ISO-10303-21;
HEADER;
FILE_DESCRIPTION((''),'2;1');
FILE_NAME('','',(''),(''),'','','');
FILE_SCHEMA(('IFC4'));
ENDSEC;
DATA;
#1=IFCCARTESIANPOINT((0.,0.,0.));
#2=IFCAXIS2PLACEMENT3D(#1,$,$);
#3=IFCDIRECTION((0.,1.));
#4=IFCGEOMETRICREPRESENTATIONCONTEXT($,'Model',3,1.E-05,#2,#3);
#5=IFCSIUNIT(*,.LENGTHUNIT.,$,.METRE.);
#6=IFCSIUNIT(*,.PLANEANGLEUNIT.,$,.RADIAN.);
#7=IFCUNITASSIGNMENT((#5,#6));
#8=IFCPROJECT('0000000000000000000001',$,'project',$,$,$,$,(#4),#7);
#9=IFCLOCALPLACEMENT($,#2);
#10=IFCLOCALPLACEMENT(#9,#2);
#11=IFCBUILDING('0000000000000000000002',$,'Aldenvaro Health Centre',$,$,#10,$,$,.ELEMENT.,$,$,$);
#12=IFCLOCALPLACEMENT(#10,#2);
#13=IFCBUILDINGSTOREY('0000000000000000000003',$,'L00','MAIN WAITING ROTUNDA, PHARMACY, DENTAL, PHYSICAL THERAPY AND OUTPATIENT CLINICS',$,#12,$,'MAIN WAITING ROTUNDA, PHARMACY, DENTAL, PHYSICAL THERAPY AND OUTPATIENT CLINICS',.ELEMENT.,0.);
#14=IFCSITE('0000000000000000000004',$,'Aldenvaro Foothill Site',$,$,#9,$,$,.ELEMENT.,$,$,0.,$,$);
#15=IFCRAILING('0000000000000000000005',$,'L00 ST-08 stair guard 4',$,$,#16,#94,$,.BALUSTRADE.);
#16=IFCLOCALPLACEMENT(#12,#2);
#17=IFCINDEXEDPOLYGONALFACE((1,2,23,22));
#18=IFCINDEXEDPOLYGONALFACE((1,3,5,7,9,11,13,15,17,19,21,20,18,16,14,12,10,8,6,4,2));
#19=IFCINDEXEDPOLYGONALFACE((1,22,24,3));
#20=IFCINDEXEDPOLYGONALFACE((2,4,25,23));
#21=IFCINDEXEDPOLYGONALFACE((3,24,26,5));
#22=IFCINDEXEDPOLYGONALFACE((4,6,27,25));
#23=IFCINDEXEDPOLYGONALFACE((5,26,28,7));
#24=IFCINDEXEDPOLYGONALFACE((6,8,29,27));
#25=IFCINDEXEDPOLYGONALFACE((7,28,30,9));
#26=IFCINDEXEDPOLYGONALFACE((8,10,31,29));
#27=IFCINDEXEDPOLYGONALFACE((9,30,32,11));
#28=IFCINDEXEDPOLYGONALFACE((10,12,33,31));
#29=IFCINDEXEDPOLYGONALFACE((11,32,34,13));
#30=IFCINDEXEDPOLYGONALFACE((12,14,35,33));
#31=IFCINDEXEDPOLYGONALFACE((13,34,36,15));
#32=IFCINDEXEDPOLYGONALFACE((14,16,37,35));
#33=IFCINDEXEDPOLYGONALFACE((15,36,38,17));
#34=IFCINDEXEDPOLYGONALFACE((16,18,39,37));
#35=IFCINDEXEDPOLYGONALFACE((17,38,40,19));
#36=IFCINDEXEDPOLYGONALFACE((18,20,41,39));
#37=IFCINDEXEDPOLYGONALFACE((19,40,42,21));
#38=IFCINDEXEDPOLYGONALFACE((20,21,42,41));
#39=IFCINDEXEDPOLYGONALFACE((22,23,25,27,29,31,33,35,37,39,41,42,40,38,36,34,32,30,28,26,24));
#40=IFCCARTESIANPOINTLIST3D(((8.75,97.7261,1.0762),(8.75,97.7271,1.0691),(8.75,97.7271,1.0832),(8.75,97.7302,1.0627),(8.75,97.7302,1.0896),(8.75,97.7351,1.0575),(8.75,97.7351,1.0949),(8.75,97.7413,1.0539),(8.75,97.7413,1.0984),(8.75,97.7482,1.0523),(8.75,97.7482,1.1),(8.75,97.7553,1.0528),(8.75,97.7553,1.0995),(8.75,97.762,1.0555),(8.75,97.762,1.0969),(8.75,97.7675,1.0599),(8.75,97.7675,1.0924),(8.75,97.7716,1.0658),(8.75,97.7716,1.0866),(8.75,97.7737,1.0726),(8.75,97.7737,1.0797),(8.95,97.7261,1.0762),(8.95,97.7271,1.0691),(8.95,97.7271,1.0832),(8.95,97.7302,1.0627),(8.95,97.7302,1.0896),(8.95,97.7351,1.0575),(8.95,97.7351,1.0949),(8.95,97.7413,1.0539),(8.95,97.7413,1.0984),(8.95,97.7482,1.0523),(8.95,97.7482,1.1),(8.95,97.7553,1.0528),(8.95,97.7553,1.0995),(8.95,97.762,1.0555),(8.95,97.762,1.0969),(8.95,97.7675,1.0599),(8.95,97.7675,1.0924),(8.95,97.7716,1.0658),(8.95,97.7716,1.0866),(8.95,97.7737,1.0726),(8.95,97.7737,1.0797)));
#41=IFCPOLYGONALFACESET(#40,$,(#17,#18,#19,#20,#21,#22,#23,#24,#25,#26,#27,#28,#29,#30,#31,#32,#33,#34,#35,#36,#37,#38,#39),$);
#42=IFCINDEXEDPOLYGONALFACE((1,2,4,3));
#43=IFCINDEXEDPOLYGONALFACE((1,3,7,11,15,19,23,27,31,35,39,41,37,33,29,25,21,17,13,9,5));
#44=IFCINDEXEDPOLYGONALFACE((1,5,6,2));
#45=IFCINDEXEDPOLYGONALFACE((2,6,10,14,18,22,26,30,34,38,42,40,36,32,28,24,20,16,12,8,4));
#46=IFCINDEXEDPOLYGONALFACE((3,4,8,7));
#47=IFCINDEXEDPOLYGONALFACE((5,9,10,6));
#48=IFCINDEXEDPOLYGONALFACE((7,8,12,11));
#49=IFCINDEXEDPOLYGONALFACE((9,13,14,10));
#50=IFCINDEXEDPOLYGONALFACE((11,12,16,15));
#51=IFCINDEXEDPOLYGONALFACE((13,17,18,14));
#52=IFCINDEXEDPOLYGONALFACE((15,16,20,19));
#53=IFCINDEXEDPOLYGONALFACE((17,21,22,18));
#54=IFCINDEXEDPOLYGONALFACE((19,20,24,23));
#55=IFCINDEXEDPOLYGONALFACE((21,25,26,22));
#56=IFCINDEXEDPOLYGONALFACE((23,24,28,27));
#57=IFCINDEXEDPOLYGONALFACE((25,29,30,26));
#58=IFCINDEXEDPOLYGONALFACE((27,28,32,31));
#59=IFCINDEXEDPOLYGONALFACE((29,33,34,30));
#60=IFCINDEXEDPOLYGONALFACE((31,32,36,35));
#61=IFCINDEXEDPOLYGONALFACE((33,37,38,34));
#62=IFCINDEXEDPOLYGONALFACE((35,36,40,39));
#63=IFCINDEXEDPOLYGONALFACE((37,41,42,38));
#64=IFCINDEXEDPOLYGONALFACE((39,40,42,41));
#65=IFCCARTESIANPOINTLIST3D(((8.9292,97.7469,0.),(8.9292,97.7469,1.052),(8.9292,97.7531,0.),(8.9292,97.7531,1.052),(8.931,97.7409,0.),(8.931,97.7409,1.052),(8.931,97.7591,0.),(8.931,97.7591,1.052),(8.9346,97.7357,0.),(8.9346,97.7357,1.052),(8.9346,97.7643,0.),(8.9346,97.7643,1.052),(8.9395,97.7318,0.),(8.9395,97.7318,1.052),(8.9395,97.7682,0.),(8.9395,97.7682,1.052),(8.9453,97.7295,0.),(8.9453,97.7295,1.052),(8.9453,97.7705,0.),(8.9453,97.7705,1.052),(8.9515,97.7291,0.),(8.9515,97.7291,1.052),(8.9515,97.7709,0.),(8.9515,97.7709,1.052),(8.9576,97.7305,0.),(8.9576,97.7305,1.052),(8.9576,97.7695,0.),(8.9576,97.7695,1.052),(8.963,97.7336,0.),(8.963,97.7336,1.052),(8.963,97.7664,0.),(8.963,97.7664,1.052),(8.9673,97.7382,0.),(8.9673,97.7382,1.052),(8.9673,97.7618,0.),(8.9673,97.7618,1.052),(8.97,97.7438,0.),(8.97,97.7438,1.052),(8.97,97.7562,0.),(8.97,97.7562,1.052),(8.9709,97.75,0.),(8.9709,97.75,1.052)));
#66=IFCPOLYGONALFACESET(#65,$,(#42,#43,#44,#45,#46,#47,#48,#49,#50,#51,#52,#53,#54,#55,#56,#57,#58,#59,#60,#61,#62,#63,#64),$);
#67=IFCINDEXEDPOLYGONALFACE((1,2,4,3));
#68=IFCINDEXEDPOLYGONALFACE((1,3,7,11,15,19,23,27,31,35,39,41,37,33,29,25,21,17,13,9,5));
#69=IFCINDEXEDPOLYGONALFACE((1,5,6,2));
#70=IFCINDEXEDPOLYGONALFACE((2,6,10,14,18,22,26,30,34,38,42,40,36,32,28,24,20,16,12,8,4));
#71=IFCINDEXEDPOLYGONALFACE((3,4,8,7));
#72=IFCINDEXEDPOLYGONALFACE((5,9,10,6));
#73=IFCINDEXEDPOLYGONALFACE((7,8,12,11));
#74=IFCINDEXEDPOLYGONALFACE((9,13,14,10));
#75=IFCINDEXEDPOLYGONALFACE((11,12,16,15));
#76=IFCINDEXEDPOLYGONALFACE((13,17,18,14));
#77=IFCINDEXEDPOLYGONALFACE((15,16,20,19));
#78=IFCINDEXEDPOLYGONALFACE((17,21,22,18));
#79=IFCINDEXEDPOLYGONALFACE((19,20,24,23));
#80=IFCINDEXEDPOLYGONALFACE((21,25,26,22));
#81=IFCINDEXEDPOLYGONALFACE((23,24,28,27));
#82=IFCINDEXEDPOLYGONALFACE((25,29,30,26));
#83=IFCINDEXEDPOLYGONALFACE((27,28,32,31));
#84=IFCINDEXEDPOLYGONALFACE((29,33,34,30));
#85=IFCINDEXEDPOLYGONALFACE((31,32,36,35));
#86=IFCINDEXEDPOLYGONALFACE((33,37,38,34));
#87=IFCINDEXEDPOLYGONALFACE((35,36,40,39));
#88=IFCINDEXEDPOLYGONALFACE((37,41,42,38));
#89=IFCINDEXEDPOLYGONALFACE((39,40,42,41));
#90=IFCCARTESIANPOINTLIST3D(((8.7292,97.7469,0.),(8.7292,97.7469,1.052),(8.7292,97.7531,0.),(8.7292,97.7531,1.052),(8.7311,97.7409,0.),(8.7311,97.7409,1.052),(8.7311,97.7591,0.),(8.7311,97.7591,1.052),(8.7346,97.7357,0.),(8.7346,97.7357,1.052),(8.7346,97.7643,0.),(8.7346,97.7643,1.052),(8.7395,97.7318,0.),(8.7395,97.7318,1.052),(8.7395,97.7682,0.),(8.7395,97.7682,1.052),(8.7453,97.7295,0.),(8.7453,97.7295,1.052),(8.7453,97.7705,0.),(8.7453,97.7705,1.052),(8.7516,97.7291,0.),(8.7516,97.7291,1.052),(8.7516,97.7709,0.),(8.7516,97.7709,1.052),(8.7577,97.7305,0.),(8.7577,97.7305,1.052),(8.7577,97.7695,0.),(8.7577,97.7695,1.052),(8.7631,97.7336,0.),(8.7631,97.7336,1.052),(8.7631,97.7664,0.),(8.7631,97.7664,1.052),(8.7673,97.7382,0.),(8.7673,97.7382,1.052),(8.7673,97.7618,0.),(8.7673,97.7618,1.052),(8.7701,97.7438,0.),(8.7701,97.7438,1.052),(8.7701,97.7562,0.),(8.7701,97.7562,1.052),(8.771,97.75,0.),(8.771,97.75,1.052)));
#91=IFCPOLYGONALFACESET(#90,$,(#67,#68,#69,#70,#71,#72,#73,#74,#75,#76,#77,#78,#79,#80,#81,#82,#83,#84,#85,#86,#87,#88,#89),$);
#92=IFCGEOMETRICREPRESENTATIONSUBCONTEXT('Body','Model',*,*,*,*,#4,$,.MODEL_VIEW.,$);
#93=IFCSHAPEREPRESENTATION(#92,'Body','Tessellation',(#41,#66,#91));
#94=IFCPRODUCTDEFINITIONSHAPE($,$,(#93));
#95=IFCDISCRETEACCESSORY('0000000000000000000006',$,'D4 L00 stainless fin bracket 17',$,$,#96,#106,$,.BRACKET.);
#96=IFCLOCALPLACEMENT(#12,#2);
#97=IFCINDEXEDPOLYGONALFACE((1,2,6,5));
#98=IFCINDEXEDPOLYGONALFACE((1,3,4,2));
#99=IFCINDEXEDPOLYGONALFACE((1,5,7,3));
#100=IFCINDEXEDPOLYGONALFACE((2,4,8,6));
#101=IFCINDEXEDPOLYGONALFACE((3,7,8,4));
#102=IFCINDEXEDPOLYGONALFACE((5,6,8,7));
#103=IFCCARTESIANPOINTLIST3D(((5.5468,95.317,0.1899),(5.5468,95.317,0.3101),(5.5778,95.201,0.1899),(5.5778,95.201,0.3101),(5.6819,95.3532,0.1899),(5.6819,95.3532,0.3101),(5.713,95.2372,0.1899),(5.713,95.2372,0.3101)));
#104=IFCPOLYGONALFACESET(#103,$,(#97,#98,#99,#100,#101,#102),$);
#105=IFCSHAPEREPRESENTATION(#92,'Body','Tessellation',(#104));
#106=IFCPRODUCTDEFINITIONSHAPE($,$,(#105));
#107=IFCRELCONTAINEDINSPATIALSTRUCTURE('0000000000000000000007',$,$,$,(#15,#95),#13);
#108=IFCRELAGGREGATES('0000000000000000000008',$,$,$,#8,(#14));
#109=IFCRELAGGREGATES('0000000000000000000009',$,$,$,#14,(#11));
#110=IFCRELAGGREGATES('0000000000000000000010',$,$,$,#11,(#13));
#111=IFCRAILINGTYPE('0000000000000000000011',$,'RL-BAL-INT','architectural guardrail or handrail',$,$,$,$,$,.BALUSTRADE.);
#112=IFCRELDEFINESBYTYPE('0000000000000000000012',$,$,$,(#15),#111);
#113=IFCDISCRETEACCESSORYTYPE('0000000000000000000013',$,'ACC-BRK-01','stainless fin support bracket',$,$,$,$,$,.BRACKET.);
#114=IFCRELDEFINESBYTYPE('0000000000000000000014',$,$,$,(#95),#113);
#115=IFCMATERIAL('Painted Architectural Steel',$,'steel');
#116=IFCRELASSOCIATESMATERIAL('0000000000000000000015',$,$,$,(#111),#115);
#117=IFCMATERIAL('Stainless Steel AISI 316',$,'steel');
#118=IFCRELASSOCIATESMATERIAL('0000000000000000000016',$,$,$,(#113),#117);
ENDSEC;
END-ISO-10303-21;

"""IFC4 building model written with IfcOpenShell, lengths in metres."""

from ifc_helpers import new_model, si_unit, direction, frame, origin, origin_2d, place, context, subcontext, project, spatial, rectangle, circle, extrude, material, type_object, element, save


model = new_model("IFC4")

# Units and contexts
model_context = context("Model", 3, precision=1e-05, world=origin(), true_north=direction((0.0, 1.0)))
body_context = subcontext(model_context, "Body", "Model", "MODEL_VIEW")
ifc_project = project(units=[si_unit("LENGTHUNIT", "METRE"), si_unit("PLANEANGLEUNIT", "RADIAN")], contexts=[model_context])

# Site, building, storey
site_placement = place(None, origin())
site = spatial("IfcSite", under=ifc_project, at=site_placement, Name="Aldenvaro Foothill Site", CompositionType="ELEMENT", RefElevation=0.0)
building_placement = place(site_placement, origin())
building = spatial("IfcBuilding", under=site, at=building_placement, Name="Aldenvaro Health Centre", CompositionType="ELEMENT")
storey_placement = place(building_placement, origin())
storey = spatial("IfcBuildingStorey", under=building, at=storey_placement, Name="L00", Description="MAIN WAITING ROTUNDA, PHARMACY, DENTAL, PHYSICAL THERAPY AND OUTPATIENT CLINICS", LongName="MAIN WAITING ROTUNDA, PHARMACY, DENTAL, PHYSICAL THERAPY AND OUTPATIENT CLINICS", CompositionType="ELEMENT", Elevation=0.0)

# Railing
ifc_material_1 = material(Name="Painted Architectural Steel", Category="steel")
railing_type = type_object("IfcRailingType", Name="RL-BAL-INT", Description="architectural guardrail or handrail", PredefinedType="BALUSTRADE", material=ifc_material_1)
railing_1_placement = place(storey_placement, frame((8.95, 97.75, 0.0)))
element("IfcRailing", 1, at=railing_1_placement, inside=storey, type_object=railing_type, Name="L00 ST-08 stair guard 4", PredefinedType="BALUSTRADE", context=body_context, shape_type="SweptSolid", body=[
    extrude(circle(Radius=0.0239, at=origin_2d()), frame((0.0, 0.0, 1.0762), z_axis=(-1.0, 0.0, 0.0), x_axis=(0.0, -1.0, 0.0)), (0.0, 0.0, 1.0), 0.2),
    extrude(circle(Radius=0.021, at=origin_2d()), origin(), (0.0, 0.0, 1.0), 1.052),
    extrude(circle(Radius=0.021, at=origin_2d()), frame((-0.2, 0.0, 0.0)), (0.0, 0.0, 1.0), 1.052),
])

# Discrete accessory
ifc_material_2 = material(Name="Stainless Steel AISI 316", Category="steel")
discrete_accessory_type = type_object("IfcDiscreteAccessoryType", Name="ACC-BRK-01", Description="stainless fin support bracket", PredefinedType="BRACKET", material=ifc_material_2)
discrete_accessory_placement = place(storey_placement, frame((5.6299, 95.2771, 0.1899), z_axis=(0.0, 0.0, 1.0), x_axis=(-0.258622, 0.965979, 0.0)))
element("IfcDiscreteAccessory", 2, at=discrete_accessory_placement, inside=storey, type_object=discrete_accessory_type, Name="D4 L00 stainless fin bracket 17", PredefinedType="BRACKET", context=body_context, shape_type="SweptSolid", body=[
    extrude(rectangle(XDim=0.1201, YDim=0.1399, at=origin_2d()), origin(), (0.0, 0.0, 1.0), 0.1201),
])

save(model, "model.ifc")
